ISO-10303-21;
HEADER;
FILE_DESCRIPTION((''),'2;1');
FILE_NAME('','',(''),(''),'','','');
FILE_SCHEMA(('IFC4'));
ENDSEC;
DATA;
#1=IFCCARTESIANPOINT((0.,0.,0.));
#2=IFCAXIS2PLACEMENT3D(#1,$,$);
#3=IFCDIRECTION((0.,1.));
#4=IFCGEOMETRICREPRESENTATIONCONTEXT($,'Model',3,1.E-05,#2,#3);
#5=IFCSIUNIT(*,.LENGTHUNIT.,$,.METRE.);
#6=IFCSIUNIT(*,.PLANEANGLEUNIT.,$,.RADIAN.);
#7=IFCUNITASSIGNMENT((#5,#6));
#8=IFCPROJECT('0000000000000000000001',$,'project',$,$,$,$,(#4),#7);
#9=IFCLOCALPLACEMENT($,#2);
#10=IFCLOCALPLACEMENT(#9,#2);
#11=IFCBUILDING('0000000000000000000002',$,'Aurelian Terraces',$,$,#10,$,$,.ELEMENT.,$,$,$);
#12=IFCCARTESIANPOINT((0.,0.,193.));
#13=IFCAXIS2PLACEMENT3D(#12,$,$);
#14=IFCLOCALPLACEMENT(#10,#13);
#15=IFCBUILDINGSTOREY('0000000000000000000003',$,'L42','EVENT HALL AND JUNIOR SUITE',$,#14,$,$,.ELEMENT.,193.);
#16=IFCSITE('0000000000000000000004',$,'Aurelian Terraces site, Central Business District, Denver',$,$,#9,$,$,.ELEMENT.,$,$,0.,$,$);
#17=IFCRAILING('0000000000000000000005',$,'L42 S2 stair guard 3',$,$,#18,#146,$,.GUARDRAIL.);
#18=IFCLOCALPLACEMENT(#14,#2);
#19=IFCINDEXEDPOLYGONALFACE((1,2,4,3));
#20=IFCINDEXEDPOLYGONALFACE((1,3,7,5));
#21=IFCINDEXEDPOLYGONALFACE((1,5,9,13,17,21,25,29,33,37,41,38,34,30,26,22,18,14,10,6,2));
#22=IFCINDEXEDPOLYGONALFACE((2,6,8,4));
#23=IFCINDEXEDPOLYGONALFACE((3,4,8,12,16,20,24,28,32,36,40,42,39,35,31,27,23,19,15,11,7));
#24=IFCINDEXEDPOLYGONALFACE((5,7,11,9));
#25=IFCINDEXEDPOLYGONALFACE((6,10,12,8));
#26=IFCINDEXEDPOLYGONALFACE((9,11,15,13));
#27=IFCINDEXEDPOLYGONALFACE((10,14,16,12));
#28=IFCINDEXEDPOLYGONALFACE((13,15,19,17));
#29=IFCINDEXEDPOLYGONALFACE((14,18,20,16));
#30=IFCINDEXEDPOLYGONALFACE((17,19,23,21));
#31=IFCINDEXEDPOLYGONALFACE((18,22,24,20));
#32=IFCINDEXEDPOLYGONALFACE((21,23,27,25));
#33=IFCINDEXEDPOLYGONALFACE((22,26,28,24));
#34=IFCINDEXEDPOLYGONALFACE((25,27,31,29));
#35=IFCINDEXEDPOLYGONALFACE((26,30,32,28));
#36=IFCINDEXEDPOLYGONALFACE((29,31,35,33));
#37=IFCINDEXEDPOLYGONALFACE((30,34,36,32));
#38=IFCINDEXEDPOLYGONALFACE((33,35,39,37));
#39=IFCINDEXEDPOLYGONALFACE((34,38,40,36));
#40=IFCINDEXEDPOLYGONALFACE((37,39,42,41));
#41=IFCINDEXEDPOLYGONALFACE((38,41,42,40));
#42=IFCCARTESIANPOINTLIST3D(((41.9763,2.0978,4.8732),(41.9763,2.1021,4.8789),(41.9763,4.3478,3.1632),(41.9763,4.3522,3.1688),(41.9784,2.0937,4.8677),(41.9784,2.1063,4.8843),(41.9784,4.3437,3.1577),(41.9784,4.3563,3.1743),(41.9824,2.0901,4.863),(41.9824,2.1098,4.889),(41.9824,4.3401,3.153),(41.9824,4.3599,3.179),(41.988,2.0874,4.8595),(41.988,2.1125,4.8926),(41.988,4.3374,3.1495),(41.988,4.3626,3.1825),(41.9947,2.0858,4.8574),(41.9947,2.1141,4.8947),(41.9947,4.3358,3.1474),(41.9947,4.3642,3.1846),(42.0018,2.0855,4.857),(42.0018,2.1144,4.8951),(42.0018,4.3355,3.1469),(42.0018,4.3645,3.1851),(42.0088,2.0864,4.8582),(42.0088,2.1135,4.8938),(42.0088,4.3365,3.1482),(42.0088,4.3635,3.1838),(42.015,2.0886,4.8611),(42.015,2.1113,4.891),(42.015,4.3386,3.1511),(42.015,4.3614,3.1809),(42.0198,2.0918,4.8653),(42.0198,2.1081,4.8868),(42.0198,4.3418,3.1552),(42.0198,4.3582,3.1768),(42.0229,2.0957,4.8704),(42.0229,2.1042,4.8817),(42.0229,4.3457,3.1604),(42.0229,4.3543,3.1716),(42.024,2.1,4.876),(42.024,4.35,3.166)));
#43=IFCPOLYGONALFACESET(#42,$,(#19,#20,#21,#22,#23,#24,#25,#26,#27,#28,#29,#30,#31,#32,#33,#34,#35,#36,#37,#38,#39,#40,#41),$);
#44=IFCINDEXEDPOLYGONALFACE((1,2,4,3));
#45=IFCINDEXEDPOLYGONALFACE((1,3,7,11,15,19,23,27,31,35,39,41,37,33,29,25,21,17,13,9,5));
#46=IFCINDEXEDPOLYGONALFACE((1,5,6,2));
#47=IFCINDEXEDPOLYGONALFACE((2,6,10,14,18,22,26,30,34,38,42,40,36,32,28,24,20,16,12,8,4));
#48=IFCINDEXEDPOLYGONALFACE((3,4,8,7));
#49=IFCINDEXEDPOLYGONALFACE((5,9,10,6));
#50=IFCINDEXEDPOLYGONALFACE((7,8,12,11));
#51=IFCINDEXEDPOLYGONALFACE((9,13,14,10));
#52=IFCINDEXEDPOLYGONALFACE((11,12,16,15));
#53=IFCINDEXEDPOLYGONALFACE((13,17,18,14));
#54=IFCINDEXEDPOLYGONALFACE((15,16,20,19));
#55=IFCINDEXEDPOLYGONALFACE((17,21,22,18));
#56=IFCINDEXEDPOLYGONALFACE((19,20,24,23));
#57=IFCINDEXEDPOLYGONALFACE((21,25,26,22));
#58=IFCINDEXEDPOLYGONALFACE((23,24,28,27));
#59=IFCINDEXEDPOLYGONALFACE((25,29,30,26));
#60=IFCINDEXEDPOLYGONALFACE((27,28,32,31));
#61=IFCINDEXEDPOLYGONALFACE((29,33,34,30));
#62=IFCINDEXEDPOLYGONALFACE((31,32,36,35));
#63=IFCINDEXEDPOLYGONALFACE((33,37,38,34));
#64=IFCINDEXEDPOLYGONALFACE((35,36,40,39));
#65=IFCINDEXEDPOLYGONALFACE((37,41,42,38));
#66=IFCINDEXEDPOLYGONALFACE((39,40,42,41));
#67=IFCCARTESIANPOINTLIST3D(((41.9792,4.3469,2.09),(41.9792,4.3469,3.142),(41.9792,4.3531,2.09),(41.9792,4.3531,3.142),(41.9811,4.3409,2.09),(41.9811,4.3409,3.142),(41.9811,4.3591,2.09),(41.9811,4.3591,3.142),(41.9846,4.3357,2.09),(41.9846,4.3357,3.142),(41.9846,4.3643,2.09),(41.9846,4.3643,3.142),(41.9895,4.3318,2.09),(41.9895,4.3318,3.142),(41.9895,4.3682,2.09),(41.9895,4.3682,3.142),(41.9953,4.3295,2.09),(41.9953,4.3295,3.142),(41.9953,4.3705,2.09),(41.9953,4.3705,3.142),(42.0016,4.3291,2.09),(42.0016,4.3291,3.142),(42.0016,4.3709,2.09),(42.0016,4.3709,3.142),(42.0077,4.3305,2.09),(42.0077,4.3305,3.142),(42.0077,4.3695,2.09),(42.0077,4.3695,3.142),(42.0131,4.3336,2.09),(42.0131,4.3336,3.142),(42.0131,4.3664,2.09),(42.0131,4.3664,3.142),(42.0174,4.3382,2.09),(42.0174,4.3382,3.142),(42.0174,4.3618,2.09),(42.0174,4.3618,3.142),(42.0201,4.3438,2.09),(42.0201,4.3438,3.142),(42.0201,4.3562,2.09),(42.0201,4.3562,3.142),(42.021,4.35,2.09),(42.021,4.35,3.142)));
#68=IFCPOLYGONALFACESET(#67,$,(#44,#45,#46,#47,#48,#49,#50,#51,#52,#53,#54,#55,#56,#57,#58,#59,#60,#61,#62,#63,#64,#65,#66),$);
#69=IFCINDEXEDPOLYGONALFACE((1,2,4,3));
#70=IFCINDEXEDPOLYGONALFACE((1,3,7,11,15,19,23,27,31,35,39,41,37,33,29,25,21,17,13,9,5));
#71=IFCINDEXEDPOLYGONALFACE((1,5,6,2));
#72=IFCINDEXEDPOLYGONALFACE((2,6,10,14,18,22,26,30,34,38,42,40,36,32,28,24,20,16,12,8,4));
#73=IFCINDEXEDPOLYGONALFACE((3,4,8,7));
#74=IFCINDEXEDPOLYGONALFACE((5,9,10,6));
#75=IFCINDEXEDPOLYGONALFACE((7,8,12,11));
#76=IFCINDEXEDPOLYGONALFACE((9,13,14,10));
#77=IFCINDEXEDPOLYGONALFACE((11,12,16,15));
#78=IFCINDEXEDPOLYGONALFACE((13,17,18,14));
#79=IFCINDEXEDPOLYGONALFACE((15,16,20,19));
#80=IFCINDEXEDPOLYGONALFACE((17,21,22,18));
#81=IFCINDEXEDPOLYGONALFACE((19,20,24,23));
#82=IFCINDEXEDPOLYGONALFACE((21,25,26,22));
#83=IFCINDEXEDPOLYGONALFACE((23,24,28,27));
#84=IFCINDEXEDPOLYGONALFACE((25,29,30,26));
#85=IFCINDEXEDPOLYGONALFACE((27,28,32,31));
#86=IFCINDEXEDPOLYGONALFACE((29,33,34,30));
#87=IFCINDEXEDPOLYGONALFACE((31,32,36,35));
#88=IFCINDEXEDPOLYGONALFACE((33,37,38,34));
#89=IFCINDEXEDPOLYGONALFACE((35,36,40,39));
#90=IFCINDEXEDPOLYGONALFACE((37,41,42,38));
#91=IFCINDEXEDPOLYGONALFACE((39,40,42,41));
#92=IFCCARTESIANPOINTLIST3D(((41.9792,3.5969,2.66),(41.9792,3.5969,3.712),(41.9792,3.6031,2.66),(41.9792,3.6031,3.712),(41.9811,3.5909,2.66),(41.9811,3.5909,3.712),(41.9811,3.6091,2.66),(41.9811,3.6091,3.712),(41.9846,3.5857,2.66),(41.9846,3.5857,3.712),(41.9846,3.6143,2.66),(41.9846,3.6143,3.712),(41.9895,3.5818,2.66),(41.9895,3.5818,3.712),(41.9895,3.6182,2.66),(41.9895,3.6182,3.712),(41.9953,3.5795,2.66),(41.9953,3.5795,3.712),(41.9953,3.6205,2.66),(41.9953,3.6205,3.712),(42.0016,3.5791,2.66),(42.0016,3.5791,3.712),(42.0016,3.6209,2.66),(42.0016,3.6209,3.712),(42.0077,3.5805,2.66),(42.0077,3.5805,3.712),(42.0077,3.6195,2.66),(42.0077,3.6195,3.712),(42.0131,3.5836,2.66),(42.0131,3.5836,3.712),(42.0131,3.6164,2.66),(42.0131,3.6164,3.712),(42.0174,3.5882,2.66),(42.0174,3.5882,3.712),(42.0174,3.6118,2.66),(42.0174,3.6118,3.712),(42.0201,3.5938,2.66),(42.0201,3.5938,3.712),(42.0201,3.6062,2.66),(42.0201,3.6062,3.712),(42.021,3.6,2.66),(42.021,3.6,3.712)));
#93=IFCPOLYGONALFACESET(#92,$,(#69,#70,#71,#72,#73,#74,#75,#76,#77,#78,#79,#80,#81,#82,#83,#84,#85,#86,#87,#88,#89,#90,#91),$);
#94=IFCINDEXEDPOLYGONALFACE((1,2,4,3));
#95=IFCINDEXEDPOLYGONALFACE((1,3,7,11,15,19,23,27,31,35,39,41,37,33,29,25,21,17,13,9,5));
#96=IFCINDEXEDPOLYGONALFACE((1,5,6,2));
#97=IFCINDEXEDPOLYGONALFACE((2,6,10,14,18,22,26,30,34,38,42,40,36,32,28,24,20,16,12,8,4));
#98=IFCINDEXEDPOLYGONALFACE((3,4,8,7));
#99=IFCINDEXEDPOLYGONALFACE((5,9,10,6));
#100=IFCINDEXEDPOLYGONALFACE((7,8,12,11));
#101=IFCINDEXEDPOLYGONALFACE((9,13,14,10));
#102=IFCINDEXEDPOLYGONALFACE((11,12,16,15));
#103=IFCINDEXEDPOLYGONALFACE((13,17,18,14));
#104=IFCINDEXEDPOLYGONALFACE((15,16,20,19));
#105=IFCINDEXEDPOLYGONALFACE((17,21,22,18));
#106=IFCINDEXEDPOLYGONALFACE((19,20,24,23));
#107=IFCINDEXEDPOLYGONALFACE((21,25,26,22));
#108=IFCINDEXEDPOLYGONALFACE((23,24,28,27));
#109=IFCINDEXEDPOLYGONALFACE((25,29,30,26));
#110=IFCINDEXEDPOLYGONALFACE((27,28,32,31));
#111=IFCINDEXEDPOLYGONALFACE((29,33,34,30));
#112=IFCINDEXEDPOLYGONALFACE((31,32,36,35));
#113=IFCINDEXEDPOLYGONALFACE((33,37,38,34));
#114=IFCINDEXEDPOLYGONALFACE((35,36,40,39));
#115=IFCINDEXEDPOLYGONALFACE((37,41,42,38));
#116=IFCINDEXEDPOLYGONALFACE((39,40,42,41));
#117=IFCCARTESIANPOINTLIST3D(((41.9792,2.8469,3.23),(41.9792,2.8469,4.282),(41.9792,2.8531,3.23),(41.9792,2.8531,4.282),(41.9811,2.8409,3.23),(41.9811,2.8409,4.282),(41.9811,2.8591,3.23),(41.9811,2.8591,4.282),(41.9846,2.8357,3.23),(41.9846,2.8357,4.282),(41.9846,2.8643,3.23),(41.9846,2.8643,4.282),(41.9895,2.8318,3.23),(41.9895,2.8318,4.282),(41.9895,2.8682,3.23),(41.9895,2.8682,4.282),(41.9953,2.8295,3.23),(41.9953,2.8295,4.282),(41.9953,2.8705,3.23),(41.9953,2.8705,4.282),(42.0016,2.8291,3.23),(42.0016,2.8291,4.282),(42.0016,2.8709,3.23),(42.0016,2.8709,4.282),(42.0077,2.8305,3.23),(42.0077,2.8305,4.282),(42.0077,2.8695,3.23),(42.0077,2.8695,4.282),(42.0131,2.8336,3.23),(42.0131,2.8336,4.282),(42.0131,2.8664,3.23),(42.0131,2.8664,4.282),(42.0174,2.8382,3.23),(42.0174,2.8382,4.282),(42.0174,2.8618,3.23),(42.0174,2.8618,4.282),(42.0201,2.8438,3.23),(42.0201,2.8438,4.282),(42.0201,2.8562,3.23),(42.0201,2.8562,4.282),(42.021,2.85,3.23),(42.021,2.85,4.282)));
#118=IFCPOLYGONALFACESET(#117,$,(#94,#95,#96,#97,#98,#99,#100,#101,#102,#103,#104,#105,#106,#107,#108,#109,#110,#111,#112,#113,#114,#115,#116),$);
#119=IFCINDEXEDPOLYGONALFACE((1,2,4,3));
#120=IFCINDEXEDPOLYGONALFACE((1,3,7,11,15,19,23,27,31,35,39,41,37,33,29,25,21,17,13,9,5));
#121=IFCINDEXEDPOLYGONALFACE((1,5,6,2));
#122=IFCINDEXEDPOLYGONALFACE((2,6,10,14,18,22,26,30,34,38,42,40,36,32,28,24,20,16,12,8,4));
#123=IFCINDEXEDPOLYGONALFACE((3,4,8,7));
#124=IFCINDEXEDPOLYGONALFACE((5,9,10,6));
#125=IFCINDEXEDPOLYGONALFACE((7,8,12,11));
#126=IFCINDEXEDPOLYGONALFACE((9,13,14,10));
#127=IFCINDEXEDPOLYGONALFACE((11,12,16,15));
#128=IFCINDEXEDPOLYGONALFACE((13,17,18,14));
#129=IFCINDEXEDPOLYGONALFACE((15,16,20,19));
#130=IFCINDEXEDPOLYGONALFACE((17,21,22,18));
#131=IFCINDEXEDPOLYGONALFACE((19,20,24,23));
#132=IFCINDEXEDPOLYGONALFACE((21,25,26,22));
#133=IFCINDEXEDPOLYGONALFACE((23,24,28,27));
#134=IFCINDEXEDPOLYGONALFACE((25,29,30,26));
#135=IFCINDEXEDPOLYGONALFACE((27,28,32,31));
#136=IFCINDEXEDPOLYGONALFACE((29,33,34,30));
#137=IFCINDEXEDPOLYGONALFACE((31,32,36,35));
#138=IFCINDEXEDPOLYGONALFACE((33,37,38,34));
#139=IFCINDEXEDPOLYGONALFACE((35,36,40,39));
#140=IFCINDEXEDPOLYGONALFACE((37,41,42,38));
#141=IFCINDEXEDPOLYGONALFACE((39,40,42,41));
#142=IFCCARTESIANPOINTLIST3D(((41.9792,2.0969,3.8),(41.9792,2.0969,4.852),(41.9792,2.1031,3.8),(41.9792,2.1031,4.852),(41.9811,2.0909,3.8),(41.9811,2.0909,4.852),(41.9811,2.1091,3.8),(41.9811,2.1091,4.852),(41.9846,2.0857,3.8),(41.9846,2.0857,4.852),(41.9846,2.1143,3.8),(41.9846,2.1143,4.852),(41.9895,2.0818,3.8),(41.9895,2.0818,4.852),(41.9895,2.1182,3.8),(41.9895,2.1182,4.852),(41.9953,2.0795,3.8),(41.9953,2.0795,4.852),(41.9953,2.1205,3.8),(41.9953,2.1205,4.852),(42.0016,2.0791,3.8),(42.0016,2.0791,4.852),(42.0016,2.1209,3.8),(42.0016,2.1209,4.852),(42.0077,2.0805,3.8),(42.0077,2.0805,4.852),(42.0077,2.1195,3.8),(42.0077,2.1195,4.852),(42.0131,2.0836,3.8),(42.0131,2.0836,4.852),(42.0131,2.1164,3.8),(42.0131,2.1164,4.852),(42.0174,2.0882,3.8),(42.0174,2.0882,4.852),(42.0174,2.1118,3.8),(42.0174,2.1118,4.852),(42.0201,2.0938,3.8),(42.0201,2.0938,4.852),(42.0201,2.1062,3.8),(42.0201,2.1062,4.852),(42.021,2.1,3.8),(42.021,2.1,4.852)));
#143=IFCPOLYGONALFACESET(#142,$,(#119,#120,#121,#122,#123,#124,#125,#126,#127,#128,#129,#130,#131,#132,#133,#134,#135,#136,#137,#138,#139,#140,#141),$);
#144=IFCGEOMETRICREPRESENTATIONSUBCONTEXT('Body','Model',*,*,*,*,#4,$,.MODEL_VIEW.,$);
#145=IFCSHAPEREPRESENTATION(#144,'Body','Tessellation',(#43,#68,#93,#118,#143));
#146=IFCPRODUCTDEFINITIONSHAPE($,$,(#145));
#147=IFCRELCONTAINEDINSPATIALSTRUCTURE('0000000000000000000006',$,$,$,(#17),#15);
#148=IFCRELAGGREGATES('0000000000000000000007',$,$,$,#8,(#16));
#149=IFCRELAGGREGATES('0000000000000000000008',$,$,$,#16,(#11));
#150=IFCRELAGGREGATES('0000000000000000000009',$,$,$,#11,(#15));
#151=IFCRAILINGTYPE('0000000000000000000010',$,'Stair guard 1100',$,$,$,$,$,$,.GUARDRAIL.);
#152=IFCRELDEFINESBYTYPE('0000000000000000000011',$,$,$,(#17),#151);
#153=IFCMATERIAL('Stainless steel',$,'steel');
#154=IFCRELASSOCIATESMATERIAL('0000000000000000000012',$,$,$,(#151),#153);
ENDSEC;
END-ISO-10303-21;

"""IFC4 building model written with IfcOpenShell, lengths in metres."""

from ifc_helpers import new_model, si_unit, direction, frame, origin, origin_2d, place, context, subcontext, project, spatial, circle, extrude, source, transform, mapped, material, type_object, element, save


model = new_model("IFC4")

# Units and contexts
model_context = context("Model", 3, precision=1e-05, world=origin(), true_north=direction((0.0, 1.0)))
body_context = subcontext(model_context, "Body", "Model", "MODEL_VIEW")
ifc_project = project(units=[si_unit("LENGTHUNIT", "METRE"), si_unit("PLANEANGLEUNIT", "RADIAN")], contexts=[model_context])

# Site, building, storey
site_placement = place(None, origin())
site = spatial("IfcSite", under=ifc_project, at=site_placement, Name="Aurelian Terraces site, Central Business District, Denver", CompositionType="ELEMENT", RefElevation=0.0)
building_placement = place(site_placement, origin())
building = spatial("IfcBuilding", under=site, at=building_placement, Name="Aurelian Terraces", CompositionType="ELEMENT")
storey_placement = place(building_placement, frame((0.0, 0.0, 193.0)))
storey = spatial("IfcBuildingStorey", under=building, at=storey_placement, Name="L42", Description="EVENT HALL AND JUNIOR SUITE", CompositionType="ELEMENT", Elevation=193.0)

# Railing
ifc_material_1 = material(Name="Stainless steel", Category="steel")
railing_type_1 = type_object("IfcRailingType", Name="Stair guard 1100", PredefinedType="GUARDRAIL", material=ifc_material_1)
shared_shape_1 = source(origin(), body_context, "Body", "SweptSolid", [
    extrude(circle(Radius=0.024, at=origin_2d()), frame((0.0, 0.0, 1.076), z_axis=(0.0, -0.796162, 0.605083), x_axis=(1.0, 0.0, 0.0)), (0.0, 0.0, 1.0), 2.8261),
    extrude(circle(Radius=0.021, at=origin_2d()), origin(), (0.0, 0.0, 1.0), 1.052),
    extrude(circle(Radius=0.021, at=origin_2d()), frame((0.0, -0.75, 0.57)), (0.0, 0.0, 1.0), 1.052),
    extrude(circle(Radius=0.021, at=origin_2d()), frame((0.0, -1.5, 1.14)), (0.0, 0.0, 1.0), 1.052),
    extrude(circle(Radius=0.021, at=origin_2d()), frame((0.0, -2.25, 1.71)), (0.0, 0.0, 1.0), 1.052),
])
railing_1_placement = place(storey_placement, frame((42.0, 4.35, 2.09)))
element("IfcRailing", 1, at=railing_1_placement, inside=storey, type_object=railing_type_1, Name="L42 S2 stair guard 3", PredefinedType="GUARDRAIL", context=body_context, shape_type="MappedRepresentation", body=[
    mapped(shared_shape_1, transform((0.0, 0.0, 0.0), scale=1.0)),
])

save(model, "model.ifc")
